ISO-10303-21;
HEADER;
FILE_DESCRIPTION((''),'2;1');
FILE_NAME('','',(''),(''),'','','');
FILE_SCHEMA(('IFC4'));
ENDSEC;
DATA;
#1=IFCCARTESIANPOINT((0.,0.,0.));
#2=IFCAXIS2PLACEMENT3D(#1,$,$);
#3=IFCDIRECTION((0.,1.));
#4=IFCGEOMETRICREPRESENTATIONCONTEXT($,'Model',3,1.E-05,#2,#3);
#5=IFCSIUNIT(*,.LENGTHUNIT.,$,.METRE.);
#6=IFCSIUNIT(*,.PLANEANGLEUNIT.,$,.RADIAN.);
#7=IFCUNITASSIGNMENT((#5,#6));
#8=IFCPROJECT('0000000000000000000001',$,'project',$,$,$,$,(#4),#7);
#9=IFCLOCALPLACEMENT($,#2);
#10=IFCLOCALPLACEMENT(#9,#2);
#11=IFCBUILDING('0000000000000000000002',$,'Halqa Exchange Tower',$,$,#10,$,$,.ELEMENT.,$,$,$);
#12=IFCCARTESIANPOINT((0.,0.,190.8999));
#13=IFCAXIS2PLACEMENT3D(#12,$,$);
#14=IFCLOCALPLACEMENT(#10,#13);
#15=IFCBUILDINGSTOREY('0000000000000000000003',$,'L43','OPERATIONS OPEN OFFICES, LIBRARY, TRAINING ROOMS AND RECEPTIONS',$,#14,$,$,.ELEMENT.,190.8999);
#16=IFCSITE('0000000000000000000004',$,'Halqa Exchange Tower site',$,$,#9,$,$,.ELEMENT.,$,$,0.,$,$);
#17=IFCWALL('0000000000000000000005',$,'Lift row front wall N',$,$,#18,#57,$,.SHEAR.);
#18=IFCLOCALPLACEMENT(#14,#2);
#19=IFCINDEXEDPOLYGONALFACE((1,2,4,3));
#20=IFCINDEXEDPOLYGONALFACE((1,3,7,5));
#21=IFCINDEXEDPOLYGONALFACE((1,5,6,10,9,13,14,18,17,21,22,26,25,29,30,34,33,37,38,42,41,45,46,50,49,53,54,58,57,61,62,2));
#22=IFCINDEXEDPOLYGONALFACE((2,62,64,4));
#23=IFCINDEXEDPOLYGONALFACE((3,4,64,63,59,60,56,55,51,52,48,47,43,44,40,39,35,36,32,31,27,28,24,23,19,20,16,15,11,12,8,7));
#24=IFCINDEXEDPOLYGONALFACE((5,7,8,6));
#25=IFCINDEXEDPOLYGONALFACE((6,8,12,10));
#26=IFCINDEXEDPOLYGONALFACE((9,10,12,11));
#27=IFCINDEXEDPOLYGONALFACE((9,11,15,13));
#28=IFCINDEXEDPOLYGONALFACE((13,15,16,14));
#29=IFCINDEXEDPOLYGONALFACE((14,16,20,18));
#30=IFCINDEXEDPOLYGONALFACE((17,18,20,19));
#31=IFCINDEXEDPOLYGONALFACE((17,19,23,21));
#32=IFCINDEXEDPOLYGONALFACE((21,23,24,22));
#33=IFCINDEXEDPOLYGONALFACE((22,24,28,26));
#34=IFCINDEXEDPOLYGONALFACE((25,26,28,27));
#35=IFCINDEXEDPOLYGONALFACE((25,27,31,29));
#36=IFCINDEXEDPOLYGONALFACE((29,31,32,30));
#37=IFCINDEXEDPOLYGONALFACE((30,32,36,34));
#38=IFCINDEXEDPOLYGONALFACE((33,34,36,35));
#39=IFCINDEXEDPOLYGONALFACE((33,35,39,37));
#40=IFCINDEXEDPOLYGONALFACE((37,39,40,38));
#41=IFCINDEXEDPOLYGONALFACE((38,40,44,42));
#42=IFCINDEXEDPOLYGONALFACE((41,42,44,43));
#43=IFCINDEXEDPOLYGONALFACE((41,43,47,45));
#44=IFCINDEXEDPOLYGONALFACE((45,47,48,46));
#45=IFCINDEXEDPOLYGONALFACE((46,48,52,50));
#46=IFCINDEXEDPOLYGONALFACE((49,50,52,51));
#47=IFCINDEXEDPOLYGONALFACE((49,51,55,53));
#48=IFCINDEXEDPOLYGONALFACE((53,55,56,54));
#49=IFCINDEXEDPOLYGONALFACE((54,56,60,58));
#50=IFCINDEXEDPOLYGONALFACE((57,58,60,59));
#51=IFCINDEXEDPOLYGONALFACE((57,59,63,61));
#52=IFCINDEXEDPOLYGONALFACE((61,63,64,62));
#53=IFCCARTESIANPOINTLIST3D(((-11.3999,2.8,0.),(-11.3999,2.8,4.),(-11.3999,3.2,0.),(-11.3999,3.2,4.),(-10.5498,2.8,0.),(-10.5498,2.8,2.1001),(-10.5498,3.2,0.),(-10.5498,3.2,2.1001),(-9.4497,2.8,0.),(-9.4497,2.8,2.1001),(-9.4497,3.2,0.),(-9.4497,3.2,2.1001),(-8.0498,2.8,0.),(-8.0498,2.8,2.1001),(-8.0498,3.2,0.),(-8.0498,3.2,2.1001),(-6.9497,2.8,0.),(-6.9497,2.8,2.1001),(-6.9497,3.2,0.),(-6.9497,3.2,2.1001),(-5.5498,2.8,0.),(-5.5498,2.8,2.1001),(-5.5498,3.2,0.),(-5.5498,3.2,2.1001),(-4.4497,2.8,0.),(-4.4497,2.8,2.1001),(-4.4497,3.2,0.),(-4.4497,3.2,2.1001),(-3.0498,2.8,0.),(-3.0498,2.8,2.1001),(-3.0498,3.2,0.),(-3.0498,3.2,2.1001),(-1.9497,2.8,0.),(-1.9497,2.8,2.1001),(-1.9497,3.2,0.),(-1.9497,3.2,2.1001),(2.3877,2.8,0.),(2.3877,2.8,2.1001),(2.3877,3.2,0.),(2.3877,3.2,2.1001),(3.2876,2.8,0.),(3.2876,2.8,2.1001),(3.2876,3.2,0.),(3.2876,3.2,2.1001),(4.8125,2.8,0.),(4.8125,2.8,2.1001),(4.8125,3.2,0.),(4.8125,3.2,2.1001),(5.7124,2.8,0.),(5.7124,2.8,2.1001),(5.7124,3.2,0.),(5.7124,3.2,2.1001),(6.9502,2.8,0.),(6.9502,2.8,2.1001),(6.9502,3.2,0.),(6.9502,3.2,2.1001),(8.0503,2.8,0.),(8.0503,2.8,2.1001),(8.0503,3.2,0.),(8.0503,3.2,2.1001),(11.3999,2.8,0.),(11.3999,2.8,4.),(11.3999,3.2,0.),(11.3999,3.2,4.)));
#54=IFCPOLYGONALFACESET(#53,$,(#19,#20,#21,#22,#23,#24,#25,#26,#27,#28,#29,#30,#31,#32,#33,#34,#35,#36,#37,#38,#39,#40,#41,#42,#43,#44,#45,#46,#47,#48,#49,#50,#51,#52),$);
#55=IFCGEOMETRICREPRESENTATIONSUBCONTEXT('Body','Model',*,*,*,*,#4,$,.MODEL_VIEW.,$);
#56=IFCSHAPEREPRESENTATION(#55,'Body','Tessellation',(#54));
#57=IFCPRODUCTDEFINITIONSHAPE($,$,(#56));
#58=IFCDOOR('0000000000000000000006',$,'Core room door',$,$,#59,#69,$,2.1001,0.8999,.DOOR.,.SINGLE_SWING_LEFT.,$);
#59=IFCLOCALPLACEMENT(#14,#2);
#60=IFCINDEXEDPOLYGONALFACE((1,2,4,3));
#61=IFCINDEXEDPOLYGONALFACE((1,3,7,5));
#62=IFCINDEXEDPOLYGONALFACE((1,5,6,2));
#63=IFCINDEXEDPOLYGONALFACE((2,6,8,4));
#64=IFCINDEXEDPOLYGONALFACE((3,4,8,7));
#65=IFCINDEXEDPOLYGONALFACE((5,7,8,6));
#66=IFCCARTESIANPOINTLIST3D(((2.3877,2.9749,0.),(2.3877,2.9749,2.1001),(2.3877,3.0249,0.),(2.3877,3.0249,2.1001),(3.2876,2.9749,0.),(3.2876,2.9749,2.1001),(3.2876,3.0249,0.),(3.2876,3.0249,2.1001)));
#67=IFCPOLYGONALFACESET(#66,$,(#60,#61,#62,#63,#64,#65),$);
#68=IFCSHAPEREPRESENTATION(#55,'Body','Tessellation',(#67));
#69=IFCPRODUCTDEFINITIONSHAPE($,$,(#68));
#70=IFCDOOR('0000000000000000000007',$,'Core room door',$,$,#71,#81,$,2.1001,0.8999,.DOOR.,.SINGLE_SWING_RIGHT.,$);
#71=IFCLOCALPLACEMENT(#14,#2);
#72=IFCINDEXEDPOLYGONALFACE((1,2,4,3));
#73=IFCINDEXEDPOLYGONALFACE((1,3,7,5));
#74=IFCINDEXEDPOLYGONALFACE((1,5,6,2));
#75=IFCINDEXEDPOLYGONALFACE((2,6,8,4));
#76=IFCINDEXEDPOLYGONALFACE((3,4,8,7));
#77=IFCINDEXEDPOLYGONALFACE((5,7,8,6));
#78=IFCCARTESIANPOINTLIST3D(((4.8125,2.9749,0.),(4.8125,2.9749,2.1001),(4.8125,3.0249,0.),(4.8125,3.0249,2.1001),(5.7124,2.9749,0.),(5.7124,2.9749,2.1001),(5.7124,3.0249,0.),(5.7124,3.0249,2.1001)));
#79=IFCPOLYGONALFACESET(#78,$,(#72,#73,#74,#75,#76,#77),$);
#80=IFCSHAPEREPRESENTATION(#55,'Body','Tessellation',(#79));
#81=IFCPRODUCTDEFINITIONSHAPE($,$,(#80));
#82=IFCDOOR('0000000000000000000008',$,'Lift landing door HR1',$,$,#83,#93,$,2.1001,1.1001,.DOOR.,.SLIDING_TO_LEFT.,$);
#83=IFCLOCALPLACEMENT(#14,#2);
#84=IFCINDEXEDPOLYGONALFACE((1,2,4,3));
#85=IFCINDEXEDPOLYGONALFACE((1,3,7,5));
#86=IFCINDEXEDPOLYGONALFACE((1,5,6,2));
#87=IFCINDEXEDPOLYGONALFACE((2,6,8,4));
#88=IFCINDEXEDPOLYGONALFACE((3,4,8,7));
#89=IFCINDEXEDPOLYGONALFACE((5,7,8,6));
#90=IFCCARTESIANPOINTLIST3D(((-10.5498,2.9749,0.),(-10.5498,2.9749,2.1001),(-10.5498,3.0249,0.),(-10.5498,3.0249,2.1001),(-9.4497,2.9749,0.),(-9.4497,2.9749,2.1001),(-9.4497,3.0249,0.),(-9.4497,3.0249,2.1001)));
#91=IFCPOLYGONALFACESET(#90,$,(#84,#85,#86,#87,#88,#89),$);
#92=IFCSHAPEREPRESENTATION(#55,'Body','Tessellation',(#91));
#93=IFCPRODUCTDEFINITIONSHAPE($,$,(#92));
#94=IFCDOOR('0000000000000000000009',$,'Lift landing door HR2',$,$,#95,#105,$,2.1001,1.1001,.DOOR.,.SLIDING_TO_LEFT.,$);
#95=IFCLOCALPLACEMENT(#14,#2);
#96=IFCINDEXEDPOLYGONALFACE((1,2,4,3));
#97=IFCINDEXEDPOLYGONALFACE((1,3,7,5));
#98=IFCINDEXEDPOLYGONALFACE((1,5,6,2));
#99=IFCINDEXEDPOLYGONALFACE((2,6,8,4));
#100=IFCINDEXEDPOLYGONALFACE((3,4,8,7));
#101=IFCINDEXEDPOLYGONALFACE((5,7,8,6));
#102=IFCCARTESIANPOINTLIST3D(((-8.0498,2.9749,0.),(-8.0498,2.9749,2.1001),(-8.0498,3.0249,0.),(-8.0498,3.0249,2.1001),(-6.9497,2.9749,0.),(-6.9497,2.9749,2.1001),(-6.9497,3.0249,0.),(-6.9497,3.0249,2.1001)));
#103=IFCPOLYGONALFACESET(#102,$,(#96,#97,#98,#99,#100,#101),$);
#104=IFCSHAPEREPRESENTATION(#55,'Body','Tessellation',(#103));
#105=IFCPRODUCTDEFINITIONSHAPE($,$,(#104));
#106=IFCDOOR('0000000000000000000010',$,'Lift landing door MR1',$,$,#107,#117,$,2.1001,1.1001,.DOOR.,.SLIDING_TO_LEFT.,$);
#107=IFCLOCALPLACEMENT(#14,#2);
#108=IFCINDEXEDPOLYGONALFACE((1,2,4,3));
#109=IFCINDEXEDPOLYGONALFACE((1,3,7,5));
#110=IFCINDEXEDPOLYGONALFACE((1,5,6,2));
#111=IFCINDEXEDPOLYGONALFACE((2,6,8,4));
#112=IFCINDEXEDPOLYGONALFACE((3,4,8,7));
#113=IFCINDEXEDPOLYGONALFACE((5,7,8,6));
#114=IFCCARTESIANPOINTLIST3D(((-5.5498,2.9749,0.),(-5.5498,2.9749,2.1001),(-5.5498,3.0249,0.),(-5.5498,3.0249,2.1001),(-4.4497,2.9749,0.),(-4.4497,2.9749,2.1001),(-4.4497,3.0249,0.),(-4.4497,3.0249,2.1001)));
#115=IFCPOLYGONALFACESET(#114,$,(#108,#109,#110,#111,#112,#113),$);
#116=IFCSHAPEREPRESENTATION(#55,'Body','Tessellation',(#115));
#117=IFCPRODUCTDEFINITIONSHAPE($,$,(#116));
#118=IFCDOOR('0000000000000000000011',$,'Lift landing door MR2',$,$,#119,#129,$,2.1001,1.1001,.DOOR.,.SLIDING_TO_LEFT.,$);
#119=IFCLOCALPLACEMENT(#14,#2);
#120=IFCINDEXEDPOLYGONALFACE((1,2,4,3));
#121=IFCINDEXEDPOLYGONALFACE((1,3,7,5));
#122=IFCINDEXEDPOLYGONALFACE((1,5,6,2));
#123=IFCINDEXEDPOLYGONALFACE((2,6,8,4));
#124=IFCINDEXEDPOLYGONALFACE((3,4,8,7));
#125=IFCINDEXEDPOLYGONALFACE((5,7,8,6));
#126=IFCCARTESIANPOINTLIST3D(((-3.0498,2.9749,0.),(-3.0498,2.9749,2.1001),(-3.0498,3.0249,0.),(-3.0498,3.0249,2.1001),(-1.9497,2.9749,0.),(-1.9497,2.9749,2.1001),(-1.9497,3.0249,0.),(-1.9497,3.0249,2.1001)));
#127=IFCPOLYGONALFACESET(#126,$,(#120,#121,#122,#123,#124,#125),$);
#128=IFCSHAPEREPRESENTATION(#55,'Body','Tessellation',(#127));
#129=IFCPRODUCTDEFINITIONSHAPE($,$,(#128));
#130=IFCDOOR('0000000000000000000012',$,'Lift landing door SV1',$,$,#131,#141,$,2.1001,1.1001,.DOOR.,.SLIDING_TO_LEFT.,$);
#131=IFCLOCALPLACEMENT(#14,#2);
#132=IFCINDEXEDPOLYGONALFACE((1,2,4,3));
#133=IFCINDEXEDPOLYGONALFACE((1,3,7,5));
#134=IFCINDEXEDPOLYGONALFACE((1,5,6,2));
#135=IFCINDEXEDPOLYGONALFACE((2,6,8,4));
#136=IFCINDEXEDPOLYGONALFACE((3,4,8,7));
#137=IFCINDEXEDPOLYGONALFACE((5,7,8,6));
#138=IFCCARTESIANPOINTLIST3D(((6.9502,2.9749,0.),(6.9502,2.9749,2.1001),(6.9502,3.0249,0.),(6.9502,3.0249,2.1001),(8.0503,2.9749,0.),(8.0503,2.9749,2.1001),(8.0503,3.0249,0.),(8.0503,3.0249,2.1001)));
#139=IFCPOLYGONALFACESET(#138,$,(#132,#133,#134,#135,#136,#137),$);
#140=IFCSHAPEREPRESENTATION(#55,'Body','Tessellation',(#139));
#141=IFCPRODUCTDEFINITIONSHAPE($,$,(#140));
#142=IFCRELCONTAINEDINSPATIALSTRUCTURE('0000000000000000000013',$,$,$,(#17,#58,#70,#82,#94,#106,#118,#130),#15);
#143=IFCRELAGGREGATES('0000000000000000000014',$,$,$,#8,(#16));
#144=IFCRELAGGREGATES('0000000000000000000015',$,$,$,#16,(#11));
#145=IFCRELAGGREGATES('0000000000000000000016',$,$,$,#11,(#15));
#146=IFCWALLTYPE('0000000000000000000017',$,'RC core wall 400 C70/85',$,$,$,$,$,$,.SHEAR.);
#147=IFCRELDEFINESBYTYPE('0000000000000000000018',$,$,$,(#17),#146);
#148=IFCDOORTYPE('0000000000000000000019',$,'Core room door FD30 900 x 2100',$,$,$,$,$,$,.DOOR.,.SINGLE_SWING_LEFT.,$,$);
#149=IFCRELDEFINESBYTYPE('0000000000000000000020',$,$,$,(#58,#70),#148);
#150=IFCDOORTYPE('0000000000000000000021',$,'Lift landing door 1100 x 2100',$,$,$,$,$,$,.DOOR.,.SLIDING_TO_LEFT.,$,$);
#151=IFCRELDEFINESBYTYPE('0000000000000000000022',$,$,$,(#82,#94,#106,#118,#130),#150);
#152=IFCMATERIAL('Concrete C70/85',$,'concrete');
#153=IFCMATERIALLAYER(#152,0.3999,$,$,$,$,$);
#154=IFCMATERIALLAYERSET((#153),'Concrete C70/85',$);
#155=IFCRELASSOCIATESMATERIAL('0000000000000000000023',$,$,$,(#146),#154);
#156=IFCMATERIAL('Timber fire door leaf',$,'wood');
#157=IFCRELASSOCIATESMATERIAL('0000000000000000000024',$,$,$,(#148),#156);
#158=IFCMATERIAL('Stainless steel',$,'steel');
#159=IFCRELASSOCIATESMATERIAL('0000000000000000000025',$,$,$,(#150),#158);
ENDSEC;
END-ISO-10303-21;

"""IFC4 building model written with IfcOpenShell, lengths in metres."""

from ifc_helpers import new_model, si_unit, direction, frame, frame_2d, origin, place, context, subcontext, project, spatial, rectangle, extrude, material, layer, layer_set, type_object, element, fill, save


model = new_model("IFC4")

# Units and contexts
model_context = context("Model", 3, precision=1e-05, world=origin(), true_north=direction((0.0, 1.0)))
body_context = subcontext(model_context, "Body", "Model", "MODEL_VIEW")
ifc_project = project(units=[si_unit("LENGTHUNIT", "METRE"), si_unit("PLANEANGLEUNIT", "RADIAN")], contexts=[model_context])

# Site, building, storey
site_placement = place(None, origin())
site = spatial("IfcSite", under=ifc_project, at=site_placement, Name="Halqa Exchange Tower site", CompositionType="ELEMENT", RefElevation=0.0)
building_placement = place(site_placement, origin())
building = spatial("IfcBuilding", under=site, at=building_placement, Name="Halqa Exchange Tower", CompositionType="ELEMENT")
storey_placement = place(building_placement, frame((0.0, 0.0, 190.8999)))
storey = spatial("IfcBuildingStorey", under=building, at=storey_placement, Name="L43", Description="OPERATIONS OPEN OFFICES, LIBRARY, TRAINING ROOMS AND RECEPTIONS", CompositionType="ELEMENT", Elevation=190.8999)

# Wall, openings, doors
ifc_material_1 = material(Name="Concrete C70/85", Category="concrete")
ifc_layer_1 = layer(ifc_material_1, 0.3999)
ifc_layer_set_1 = layer_set([ifc_layer_1], Name="Concrete C70/85")
wall_type_1 = type_object("IfcWallType", Name="RC core wall 400 C70/85", PredefinedType="SHEAR", material=ifc_layer_set_1)
wall_1_placement = place(storey_placement, frame((-11.3999, 3.0, 0.0), z_axis=(0.0, 0.0, 1.0), x_axis=(1.0, 0.0, 0.0)))
wall_1 = element("IfcWall", 1, at=wall_1_placement, inside=storey, type_object=wall_type_1, Name="Lift row front wall N", PredefinedType="SHEAR", context=body_context, shape_type="SweptSolid", body=[
    extrude(rectangle(XDim=22.7998, YDim=0.3999, at=frame_2d((11.3999, 0.0))), origin(), (0.0, 0.0, 1.0), 4.0),
])
opening_1_placement = place(wall_1_placement, frame((0.8501, 0.0, 0.0)))
opening_1 = element("IfcOpeningElement", 2, at=opening_1_placement, cuts=wall_1, PredefinedType="OPENING", context=body_context, shape_type="SweptSolid", body=[
    extrude(rectangle(XDim=1.1001, YDim=2.1001, at=frame_2d((0.55, 1.05))), frame((0.0, 0.2119, 0.0), z_axis=(0.0, -1.0, 0.0), x_axis=(1.0, 0.0, 0.0)), (0.0, 0.0, 1.0), 0.4238),
])
opening_2_placement = place(wall_1_placement, frame((3.3501, 0.0, 0.0)))
opening_2 = element("IfcOpeningElement", 3, at=opening_2_placement, cuts=wall_1, PredefinedType="OPENING", context=body_context, shape_type="SweptSolid", body=[
    extrude(rectangle(XDim=1.1001, YDim=2.1001, at=frame_2d((0.55, 1.05))), frame((0.0, 0.2119, 0.0), z_axis=(0.0, -1.0, 0.0), x_axis=(1.0, 0.0, 0.0)), (0.0, 0.0, 1.0), 0.4238),
])
opening_3_placement = place(wall_1_placement, frame((5.8501, 0.0, 0.0)))
opening_3 = element("IfcOpeningElement", 4, at=opening_3_placement, cuts=wall_1, PredefinedType="OPENING", context=body_context, shape_type="SweptSolid", body=[
    extrude(rectangle(XDim=1.1001, YDim=2.1001, at=frame_2d((0.55, 1.05))), frame((0.0, 0.2119, 0.0), z_axis=(0.0, -1.0, 0.0), x_axis=(1.0, 0.0, 0.0)), (0.0, 0.0, 1.0), 0.4238),
])
opening_4_placement = place(wall_1_placement, frame((8.3501, 0.0, 0.0)))
opening_4 = element("IfcOpeningElement", 5, at=opening_4_placement, cuts=wall_1, PredefinedType="OPENING", context=body_context, shape_type="SweptSolid", body=[
    extrude(rectangle(XDim=1.1001, YDim=2.1001, at=frame_2d((0.55, 1.05))), frame((0.0, 0.2119, 0.0), z_axis=(0.0, -1.0, 0.0), x_axis=(1.0, 0.0, 0.0)), (0.0, 0.0, 1.0), 0.4238),
])
opening_5_placement = place(wall_1_placement, frame((18.3501, 0.0, 0.0)))
opening_5 = element("IfcOpeningElement", 6, at=opening_5_placement, cuts=wall_1, PredefinedType="OPENING", context=body_context, shape_type="SweptSolid", body=[
    extrude(rectangle(XDim=1.1001, YDim=2.1001, at=frame_2d((0.55, 1.05))), frame((0.0, 0.2119, 0.0), z_axis=(0.0, -1.0, 0.0), x_axis=(1.0, 0.0, 0.0)), (0.0, 0.0, 1.0), 0.4238),
])
opening_6_placement = place(wall_1_placement, frame((13.7876, 0.0, 0.0)))
opening_6 = element("IfcOpeningElement", 7, at=opening_6_placement, cuts=wall_1, PredefinedType="OPENING", context=body_context, shape_type="SweptSolid", body=[
    extrude(rectangle(XDim=0.8999, YDim=2.1001, at=frame_2d((0.45, 1.05))), frame((0.0, 0.2119, 0.0), z_axis=(0.0, -1.0, 0.0), x_axis=(1.0, 0.0, 0.0)), (0.0, 0.0, 1.0), 0.4238),
])
opening_7_placement = place(wall_1_placement, frame((16.2124, 0.0, 0.0)))
opening_7 = element("IfcOpeningElement", 8, at=opening_7_placement, cuts=wall_1, PredefinedType="OPENING", context=body_context, shape_type="SweptSolid", body=[
    extrude(rectangle(XDim=0.8999, YDim=2.1001, at=frame_2d((0.45, 1.05))), frame((0.0, 0.2119, 0.0), z_axis=(0.0, -1.0, 0.0), x_axis=(1.0, 0.0, 0.0)), (0.0, 0.0, 1.0), 0.4238),
])
ifc_material_2 = material(Name="Timber fire door leaf", Category="wood")
door_type_1 = type_object("IfcDoorType", Name="Core room door FD30 900 x 2100", OperationType="SINGLE_SWING_LEFT", PredefinedType="DOOR", material=ifc_material_2)
door_1_placement = place(opening_6_placement, origin())
door_1 = element("IfcDoor", 9, at=door_1_placement, inside=storey, type_object=door_type_1, Name="Core room door", OperationType="SINGLE_SWING_LEFT", OverallHeight=2.1001, OverallWidth=0.8999, PredefinedType="DOOR", context=body_context, shape_type="SweptSolid", body=[
    extrude(rectangle(XDim=0.8999, YDim=2.1001, at=frame_2d((0.45, 1.05))), frame((0.0, 0.0249, 0.0), z_axis=(0.0, -1.0, 0.0), x_axis=(1.0, 0.0, 0.0)), (0.0, 0.0, 1.0), 0.05),
])
fill(opening_6, door_1)
door_2_placement = place(opening_7_placement, origin())
door_2 = element("IfcDoor", 10, at=door_2_placement, inside=storey, type_object=door_type_1, Name="Core room door", OperationType="SINGLE_SWING_RIGHT", OverallHeight=2.1001, OverallWidth=0.8999, PredefinedType="DOOR", context=body_context, shape_type="SweptSolid", body=[
    extrude(rectangle(XDim=0.8999, YDim=2.1001, at=frame_2d((0.45, 1.05))), frame((0.0, 0.0249, 0.0), z_axis=(0.0, -1.0, 0.0), x_axis=(1.0, 0.0, 0.0)), (0.0, 0.0, 1.0), 0.05),
])
fill(opening_7, door_2)
ifc_material_3 = material(Name="Stainless steel", Category="steel")
door_type_2 = type_object("IfcDoorType", Name="Lift landing door 1100 x 2100", OperationType="SLIDING_TO_LEFT", PredefinedType="DOOR", material=ifc_material_3)
door_3_placement = place(opening_1_placement, origin())
door_3 = element("IfcDoor", 11, at=door_3_placement, inside=storey, type_object=door_type_2, Name="Lift landing door HR1", OperationType="SLIDING_TO_LEFT", OverallHeight=2.1001, OverallWidth=1.1001, PredefinedType="DOOR", context=body_context, shape_type="SweptSolid", body=[
    extrude(rectangle(XDim=1.1001, YDim=2.1001, at=frame_2d((0.55, 1.05))), frame((0.0, 0.0249, 0.0), z_axis=(0.0, -1.0, 0.0), x_axis=(1.0, 0.0, 0.0)), (0.0, 0.0, 1.0), 0.05),
])
fill(opening_1, door_3)
door_4_placement = place(opening_2_placement, origin())
door_4 = element("IfcDoor", 12, at=door_4_placement, inside=storey, type_object=door_type_2, Name="Lift landing door HR2", OperationType="SLIDING_TO_LEFT", OverallHeight=2.1001, OverallWidth=1.1001, PredefinedType="DOOR", context=body_context, shape_type="SweptSolid", body=[
    extrude(rectangle(XDim=1.1001, YDim=2.1001, at=frame_2d((0.55, 1.05))), frame((0.0, 0.0249, 0.0), z_axis=(0.0, -1.0, 0.0), x_axis=(1.0, 0.0, 0.0)), (0.0, 0.0, 1.0), 0.05),
])
fill(opening_2, door_4)
door_5_placement = place(opening_3_placement, origin())
door_5 = element("IfcDoor", 13, at=door_5_placement, inside=storey, type_object=door_type_2, Name="Lift landing door MR1", OperationType="SLIDING_TO_LEFT", OverallHeight=2.1001, OverallWidth=1.1001, PredefinedType="DOOR", context=body_context, shape_type="SweptSolid", body=[
    extrude(rectangle(XDim=1.1001, YDim=2.1001, at=frame_2d((0.55, 1.05))), frame((0.0, 0.0249, 0.0), z_axis=(0.0, -1.0, 0.0), x_axis=(1.0, 0.0, 0.0)), (0.0, 0.0, 1.0), 0.05),
])
fill(opening_3, door_5)
door_6_placement = place(opening_4_placement, origin())
door_6 = element("IfcDoor", 14, at=door_6_placement, inside=storey, type_object=door_type_2, Name="Lift landing door MR2", OperationType="SLIDING_TO_LEFT", OverallHeight=2.1001, OverallWidth=1.1001, PredefinedType="DOOR", context=body_context, shape_type="SweptSolid", body=[
    extrude(rectangle(XDim=1.1001, YDim=2.1001, at=frame_2d((0.55, 1.05))), frame((0.0, 0.0249, 0.0), z_axis=(0.0, -1.0, 0.0), x_axis=(1.0, 0.0, 0.0)), (0.0, 0.0, 1.0), 0.05),
])
fill(opening_4, door_6)
door_7_placement = place(opening_5_placement, origin())
door_7 = element("IfcDoor", 15, at=door_7_placement, inside=storey, type_object=door_type_2, Name="Lift landing door SV1", OperationType="SLIDING_TO_LEFT", OverallHeight=2.1001, OverallWidth=1.1001, PredefinedType="DOOR", context=body_context, shape_type="SweptSolid", body=[
    extrude(rectangle(XDim=1.1001, YDim=2.1001, at=frame_2d((0.55, 1.05))), frame((0.0, 0.0249, 0.0), z_axis=(0.0, -1.0, 0.0), x_axis=(1.0, 0.0, 0.0)), (0.0, 0.0, 1.0), 0.05),
])
fill(opening_5, door_7)

save(model, "model.ifc")
